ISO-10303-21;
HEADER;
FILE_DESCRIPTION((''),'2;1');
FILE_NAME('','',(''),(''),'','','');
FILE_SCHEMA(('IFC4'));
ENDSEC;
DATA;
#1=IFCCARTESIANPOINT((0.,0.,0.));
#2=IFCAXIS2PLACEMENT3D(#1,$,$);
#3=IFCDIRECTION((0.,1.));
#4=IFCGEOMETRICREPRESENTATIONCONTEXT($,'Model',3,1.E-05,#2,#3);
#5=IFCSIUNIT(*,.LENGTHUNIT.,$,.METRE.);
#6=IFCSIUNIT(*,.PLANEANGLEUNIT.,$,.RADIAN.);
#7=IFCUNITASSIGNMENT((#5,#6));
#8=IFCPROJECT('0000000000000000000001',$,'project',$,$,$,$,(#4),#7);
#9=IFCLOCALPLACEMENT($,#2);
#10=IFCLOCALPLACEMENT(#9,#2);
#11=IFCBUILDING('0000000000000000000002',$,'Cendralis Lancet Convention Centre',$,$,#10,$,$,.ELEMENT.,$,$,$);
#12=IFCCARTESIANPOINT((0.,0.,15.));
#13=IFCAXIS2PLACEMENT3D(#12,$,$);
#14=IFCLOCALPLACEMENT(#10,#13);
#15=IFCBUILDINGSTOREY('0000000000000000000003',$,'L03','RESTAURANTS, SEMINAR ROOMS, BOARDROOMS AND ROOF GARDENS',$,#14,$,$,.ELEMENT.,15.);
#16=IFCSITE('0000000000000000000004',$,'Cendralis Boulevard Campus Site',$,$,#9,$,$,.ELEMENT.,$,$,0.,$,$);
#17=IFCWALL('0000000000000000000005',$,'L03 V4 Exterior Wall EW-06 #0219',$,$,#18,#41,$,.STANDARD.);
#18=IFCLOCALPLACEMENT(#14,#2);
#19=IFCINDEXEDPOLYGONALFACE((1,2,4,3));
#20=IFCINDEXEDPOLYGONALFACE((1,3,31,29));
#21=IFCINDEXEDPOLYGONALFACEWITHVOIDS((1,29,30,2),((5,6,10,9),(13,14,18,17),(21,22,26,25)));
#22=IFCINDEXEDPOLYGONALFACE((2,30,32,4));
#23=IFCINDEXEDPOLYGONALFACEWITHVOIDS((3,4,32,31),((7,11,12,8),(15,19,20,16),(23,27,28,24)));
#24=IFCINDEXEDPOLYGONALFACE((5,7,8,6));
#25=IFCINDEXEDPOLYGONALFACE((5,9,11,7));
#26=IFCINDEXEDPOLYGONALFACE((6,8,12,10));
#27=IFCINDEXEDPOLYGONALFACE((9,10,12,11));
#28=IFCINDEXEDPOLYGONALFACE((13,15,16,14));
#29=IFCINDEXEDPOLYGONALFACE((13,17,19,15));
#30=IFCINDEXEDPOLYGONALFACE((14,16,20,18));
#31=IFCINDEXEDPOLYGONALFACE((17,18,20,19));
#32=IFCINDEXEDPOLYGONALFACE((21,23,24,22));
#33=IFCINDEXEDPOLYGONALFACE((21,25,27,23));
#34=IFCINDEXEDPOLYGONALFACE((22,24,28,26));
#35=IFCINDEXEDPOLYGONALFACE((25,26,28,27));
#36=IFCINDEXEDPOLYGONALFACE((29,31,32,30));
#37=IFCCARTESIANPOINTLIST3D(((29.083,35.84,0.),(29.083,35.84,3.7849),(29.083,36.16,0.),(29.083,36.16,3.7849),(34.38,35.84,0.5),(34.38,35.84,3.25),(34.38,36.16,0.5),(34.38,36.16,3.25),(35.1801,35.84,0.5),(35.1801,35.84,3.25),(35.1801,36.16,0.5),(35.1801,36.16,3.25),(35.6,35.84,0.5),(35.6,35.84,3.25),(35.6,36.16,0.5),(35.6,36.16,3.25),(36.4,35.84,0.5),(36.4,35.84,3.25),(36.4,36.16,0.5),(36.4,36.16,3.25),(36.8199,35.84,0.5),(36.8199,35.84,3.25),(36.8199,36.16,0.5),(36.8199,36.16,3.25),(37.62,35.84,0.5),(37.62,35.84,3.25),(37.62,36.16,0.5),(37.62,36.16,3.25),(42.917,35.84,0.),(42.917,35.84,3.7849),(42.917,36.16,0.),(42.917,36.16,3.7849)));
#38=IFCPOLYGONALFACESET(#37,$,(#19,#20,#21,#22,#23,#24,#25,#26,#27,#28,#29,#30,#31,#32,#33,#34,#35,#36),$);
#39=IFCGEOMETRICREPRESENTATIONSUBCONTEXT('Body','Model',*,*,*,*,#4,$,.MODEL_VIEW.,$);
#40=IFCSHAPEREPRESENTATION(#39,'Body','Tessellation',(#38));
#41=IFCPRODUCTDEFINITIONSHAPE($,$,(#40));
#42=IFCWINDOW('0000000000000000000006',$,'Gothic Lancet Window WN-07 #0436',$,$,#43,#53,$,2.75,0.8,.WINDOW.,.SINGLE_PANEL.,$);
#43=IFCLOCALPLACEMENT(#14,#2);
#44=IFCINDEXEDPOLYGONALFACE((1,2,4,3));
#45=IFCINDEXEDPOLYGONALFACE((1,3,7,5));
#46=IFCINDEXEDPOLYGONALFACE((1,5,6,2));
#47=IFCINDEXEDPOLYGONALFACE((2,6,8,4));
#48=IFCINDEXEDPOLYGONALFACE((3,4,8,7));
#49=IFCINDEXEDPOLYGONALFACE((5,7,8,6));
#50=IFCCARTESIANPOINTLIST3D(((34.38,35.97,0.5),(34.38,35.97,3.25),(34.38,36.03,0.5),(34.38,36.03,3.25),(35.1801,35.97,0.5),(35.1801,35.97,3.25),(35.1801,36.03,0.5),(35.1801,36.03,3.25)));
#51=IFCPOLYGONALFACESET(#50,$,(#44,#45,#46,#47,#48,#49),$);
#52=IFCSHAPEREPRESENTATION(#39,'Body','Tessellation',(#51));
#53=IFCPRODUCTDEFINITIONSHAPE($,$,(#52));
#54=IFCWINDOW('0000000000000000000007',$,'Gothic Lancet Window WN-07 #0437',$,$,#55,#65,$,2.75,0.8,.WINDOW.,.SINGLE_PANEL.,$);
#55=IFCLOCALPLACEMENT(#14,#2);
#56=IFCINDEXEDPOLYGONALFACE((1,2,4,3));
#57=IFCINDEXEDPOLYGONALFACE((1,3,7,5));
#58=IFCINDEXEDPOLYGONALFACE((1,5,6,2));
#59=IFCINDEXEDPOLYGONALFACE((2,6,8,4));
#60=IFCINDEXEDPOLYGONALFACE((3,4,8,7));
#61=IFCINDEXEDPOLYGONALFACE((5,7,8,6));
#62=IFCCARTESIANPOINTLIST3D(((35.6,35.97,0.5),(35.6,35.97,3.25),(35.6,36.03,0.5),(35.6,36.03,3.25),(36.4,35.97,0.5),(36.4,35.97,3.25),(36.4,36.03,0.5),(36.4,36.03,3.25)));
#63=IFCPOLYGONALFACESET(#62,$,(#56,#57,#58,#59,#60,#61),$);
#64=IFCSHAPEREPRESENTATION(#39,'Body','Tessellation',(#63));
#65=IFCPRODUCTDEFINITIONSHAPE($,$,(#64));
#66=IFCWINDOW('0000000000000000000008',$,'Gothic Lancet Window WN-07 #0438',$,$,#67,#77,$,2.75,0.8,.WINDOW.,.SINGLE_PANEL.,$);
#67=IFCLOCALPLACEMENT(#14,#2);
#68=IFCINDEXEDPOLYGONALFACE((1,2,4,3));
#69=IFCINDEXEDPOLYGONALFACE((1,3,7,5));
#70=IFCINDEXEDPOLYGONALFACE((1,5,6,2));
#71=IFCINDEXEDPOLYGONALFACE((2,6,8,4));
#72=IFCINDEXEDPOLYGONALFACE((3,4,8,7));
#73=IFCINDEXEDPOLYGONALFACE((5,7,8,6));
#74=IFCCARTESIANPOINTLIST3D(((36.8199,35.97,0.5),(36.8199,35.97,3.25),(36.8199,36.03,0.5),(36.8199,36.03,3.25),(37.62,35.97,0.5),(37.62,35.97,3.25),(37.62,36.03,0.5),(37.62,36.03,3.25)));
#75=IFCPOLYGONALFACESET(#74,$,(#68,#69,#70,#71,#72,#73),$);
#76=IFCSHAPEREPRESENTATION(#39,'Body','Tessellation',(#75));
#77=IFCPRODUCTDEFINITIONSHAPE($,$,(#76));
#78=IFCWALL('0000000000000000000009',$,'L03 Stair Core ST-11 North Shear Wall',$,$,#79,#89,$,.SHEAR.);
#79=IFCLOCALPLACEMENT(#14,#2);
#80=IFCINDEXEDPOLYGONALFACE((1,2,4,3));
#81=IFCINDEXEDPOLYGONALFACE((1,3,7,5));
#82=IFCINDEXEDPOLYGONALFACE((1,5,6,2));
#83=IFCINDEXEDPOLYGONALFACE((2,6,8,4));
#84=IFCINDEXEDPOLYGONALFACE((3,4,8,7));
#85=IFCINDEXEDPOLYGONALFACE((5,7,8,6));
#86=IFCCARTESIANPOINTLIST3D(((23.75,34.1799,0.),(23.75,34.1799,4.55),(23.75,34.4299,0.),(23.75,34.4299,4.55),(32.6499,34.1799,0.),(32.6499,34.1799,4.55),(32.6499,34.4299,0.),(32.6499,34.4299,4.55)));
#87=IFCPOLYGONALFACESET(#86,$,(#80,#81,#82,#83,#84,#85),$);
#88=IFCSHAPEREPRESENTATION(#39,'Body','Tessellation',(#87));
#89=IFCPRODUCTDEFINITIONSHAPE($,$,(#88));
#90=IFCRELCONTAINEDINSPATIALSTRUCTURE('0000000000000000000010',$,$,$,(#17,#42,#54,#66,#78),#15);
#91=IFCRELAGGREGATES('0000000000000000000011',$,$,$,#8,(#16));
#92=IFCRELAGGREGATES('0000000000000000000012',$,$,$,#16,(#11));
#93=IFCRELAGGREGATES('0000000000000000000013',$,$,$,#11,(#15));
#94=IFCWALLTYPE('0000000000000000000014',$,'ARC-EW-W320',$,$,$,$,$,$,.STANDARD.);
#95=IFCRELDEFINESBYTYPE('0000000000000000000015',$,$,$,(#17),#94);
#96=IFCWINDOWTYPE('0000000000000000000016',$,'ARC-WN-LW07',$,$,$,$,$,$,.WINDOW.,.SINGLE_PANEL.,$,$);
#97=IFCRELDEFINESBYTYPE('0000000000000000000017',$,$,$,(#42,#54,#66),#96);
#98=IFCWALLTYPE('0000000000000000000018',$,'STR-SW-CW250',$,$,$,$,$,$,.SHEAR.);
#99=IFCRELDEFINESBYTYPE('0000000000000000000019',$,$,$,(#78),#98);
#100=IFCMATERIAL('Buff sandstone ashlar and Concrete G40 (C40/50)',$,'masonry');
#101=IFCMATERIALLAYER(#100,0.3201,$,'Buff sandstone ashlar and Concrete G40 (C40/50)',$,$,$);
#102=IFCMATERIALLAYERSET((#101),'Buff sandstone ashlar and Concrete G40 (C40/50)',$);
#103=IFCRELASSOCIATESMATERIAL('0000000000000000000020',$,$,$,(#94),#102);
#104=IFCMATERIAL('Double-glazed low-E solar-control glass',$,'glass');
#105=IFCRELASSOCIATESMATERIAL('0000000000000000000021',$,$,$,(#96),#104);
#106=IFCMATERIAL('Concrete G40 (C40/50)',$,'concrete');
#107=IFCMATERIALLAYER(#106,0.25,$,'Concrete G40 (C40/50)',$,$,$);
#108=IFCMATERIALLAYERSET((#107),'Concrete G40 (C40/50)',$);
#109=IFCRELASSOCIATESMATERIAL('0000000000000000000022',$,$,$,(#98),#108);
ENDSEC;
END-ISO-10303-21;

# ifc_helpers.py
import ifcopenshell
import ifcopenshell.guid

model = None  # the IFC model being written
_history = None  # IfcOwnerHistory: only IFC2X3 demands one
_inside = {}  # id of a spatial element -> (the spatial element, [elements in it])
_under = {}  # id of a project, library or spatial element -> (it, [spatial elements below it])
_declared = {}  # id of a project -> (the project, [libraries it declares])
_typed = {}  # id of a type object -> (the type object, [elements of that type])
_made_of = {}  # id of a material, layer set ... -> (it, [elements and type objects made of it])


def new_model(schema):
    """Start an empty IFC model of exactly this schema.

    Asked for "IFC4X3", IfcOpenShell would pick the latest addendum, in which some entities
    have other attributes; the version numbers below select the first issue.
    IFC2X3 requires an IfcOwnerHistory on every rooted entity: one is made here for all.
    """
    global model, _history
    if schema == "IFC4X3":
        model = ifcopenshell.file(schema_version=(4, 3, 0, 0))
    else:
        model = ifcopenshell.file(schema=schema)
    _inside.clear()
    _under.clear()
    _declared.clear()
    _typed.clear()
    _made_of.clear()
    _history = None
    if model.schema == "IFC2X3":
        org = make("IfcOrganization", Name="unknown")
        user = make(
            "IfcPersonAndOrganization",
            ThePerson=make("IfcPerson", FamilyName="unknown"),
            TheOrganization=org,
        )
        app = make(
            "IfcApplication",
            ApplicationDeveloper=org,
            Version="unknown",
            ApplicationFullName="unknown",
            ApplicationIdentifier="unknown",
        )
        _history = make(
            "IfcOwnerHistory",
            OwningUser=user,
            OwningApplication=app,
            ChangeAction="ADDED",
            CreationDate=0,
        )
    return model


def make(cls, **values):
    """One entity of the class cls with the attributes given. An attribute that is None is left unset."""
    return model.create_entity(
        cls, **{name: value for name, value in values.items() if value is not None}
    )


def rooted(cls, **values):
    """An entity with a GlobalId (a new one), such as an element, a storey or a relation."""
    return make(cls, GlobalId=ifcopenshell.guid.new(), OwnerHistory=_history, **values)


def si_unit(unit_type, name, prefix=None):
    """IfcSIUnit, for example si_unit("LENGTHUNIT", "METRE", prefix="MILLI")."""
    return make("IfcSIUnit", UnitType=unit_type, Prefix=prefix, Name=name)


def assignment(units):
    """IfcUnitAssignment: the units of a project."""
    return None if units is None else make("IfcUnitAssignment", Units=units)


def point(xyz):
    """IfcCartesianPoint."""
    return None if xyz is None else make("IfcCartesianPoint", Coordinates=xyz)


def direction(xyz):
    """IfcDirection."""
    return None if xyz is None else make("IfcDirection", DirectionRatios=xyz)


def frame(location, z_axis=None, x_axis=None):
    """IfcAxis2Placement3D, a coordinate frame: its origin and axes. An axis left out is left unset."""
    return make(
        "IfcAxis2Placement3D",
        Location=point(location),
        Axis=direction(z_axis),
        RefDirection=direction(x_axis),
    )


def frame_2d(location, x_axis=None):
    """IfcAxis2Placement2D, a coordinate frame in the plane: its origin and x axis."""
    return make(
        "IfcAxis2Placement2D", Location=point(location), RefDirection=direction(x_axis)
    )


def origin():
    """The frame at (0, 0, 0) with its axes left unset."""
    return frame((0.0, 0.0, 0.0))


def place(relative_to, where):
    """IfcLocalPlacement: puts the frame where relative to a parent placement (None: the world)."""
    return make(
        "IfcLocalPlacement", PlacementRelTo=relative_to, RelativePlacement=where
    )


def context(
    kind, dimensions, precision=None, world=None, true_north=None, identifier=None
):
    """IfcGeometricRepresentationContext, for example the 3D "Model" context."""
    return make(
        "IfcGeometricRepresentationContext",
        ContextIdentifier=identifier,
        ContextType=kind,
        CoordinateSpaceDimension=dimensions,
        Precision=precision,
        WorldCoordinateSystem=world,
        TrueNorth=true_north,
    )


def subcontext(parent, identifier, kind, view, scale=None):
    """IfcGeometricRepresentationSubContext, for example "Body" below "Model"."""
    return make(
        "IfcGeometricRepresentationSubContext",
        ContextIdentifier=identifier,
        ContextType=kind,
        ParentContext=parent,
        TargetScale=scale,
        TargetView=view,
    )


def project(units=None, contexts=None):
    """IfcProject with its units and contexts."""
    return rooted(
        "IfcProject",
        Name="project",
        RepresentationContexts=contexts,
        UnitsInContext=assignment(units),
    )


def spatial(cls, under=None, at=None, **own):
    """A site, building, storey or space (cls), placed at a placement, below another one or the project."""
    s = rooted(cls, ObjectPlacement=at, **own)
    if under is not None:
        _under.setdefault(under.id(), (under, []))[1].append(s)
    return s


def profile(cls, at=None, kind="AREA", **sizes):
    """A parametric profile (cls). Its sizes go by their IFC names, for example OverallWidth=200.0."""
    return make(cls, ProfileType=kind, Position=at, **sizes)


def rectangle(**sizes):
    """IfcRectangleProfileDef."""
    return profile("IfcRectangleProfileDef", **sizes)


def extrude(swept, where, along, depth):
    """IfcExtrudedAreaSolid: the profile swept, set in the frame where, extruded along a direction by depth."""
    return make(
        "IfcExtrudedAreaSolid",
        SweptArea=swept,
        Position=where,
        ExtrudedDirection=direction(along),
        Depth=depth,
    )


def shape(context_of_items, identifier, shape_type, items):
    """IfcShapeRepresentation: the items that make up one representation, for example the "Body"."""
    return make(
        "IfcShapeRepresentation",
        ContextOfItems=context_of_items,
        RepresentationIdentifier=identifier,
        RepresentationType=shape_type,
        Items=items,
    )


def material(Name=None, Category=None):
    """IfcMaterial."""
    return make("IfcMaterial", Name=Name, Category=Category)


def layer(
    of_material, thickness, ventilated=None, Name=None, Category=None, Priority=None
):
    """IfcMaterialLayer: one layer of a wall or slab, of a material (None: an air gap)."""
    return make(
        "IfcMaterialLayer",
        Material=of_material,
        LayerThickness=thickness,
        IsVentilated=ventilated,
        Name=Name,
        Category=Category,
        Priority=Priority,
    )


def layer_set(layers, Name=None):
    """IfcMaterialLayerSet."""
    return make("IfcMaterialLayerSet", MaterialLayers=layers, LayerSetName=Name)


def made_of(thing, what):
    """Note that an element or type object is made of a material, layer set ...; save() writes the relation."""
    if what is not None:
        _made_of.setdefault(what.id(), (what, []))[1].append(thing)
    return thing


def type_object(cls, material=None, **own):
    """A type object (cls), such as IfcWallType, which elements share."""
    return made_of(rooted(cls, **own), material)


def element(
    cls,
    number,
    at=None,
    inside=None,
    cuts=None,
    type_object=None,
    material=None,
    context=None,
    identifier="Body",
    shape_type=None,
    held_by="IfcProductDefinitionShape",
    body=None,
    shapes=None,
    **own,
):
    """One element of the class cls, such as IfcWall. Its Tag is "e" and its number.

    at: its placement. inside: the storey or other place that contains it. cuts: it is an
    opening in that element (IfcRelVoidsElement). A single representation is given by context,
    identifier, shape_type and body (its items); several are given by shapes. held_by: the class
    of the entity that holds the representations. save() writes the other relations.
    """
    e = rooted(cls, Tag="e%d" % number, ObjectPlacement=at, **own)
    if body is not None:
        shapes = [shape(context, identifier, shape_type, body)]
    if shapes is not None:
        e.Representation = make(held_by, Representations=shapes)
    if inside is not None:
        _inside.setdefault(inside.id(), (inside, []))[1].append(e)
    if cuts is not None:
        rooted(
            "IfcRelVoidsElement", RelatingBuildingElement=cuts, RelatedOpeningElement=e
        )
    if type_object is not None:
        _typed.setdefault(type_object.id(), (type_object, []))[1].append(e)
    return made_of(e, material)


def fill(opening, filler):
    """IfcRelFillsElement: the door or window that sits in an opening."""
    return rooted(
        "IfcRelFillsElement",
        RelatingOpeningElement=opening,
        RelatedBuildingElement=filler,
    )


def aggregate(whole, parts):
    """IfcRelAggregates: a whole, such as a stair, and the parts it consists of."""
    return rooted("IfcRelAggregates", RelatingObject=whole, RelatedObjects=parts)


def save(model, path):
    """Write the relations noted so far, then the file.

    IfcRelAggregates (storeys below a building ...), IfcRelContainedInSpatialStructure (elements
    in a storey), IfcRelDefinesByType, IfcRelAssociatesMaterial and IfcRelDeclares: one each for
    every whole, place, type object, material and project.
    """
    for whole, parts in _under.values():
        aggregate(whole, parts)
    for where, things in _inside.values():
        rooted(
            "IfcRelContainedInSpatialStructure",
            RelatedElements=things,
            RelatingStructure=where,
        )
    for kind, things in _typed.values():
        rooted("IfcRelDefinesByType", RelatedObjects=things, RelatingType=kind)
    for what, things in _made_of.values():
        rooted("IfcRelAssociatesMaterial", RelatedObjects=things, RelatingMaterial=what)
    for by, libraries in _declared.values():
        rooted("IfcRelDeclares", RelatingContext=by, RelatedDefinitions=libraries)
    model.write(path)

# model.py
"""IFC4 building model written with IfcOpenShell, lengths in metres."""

from ifc_helpers import new_model, si_unit, direction, frame, frame_2d, origin, place, context, subcontext, project, spatial, rectangle, extrude, material, layer, layer_set, type_object, element, fill, save


model = new_model("IFC4")

# Units and contexts
model_context = context("Model", 3, precision=1e-05, world=origin(), true_north=direction((0.0, 1.0)))
body_context = subcontext(model_context, "Body", "Model", "MODEL_VIEW")
ifc_project = project(units=[si_unit("LENGTHUNIT", "METRE"), si_unit("PLANEANGLEUNIT", "RADIAN")], contexts=[model_context])

# Site, building, storey
site_placement = place(None, origin())
site = spatial("IfcSite", under=ifc_project, at=site_placement, Name="Cendralis Boulevard Campus Site", CompositionType="ELEMENT", RefElevation=0.0)
building_placement = place(site_placement, origin())
building = spatial("IfcBuilding", under=site, at=building_placement, Name="Cendralis Lancet Convention Centre", CompositionType="ELEMENT")
storey_placement = place(building_placement, frame((0.0, 0.0, 15.0)))
storey = spatial("IfcBuildingStorey", under=building, at=storey_placement, Name="L03", Description="RESTAURANTS, SEMINAR ROOMS, BOARDROOMS AND ROOF GARDENS", CompositionType="ELEMENT", Elevation=15.0)

# Shared definitions
ifc_material_1 = material(Name="Concrete G40 (C40/50)", Category="concrete")

# Shared definitions
ifc_material_2 = material(Name="Double-glazed low-E solar-control glass", Category="glass")

# Wall, openings, windows
ifc_material_3 = material(Name="Buff sandstone ashlar and Concrete G40 (C40/50)", Category="masonry")
ifc_layer_1 = layer(ifc_material_3, 0.3201, Name="Buff sandstone ashlar and Concrete G40 (C40/50)")
ifc_layer_set_1 = layer_set([ifc_layer_1], Name="Buff sandstone ashlar and Concrete G40 (C40/50)")
wall_type_1 = type_object("IfcWallType", Name="ARC-EW-W320", PredefinedType="STANDARD", material=ifc_layer_set_1)
wall_1_placement = place(storey_placement, frame((29.083, 36.0, 0.0), z_axis=(0.0, 0.0, 1.0), x_axis=(1.0, 0.0, 0.0)))
wall_1 = element("IfcWall", 1, at=wall_1_placement, inside=storey, type_object=wall_type_1, Name="L03 V4 Exterior Wall EW-06 #0219", PredefinedType="STANDARD", context=body_context, shape_type="SweptSolid", body=[
    extrude(rectangle(XDim=13.834, YDim=0.3201, at=frame_2d((6.917, 0.0))), origin(), (0.0, 0.0, 1.0), 3.7849),
])
opening_1_placement = place(wall_1_placement, frame((5.2971, 0.0, 0.5)))
opening_1 = element("IfcOpeningElement", 2, at=opening_1_placement, cuts=wall_1, PredefinedType="OPENING", context=body_context, shape_type="SweptSolid", body=[
    extrude(rectangle(XDim=0.8, YDim=2.75, at=frame_2d((0.3999, 1.375))), frame((0.0, 0.1699, 0.0), z_axis=(0.0, -1.0, 0.0), x_axis=(1.0, 0.0, 0.0)), (0.0, 0.0, 1.0), 0.3401),
])
opening_2_placement = place(wall_1_placement, frame((6.5171, 0.0, 0.5)))
opening_2 = element("IfcOpeningElement", 3, at=opening_2_placement, cuts=wall_1, PredefinedType="OPENING", context=body_context, shape_type="SweptSolid", body=[
    extrude(rectangle(XDim=0.8, YDim=2.75, at=frame_2d((0.3999, 1.375))), frame((0.0, 0.1699, 0.0), z_axis=(0.0, -1.0, 0.0), x_axis=(1.0, 0.0, 0.0)), (0.0, 0.0, 1.0), 0.3401),
])
opening_3_placement = place(wall_1_placement, frame((7.7371, 0.0, 0.5)))
opening_3 = element("IfcOpeningElement", 4, at=opening_3_placement, cuts=wall_1, PredefinedType="OPENING", context=body_context, shape_type="SweptSolid", body=[
    extrude(rectangle(XDim=0.8, YDim=2.75, at=frame_2d((0.3999, 1.375))), frame((0.0, 0.1699, 0.0), z_axis=(0.0, -1.0, 0.0), x_axis=(1.0, 0.0, 0.0)), (0.0, 0.0, 1.0), 0.3401),
])
window_type = type_object("IfcWindowType", Name="ARC-WN-LW07", PartitioningType="SINGLE_PANEL", PredefinedType="WINDOW", material=ifc_material_2)
window_1_placement = place(opening_1_placement, origin())
window_1 = element("IfcWindow", 5, at=window_1_placement, inside=storey, type_object=window_type, Name="Gothic Lancet Window WN-07 #0436", OverallHeight=2.75, OverallWidth=0.8, PartitioningType="SINGLE_PANEL", PredefinedType="WINDOW", context=body_context, shape_type="SweptSolid", body=[
    extrude(rectangle(XDim=0.8, YDim=2.75, at=frame_2d((0.3999, 1.375))), frame((0.0, 0.03, 0.0), z_axis=(0.0, -1.0, 0.0), x_axis=(1.0, 0.0, 0.0)), (0.0, 0.0, 1.0), 0.0601),
])
fill(opening_1, window_1)
window_2_placement = place(opening_2_placement, origin())
window_2 = element("IfcWindow", 6, at=window_2_placement, inside=storey, type_object=window_type, Name="Gothic Lancet Window WN-07 #0437", OverallHeight=2.75, OverallWidth=0.8, PartitioningType="SINGLE_PANEL", PredefinedType="WINDOW", context=body_context, shape_type="SweptSolid", body=[
    extrude(rectangle(XDim=0.8, YDim=2.75, at=frame_2d((0.3999, 1.375))), frame((0.0, 0.03, 0.0), z_axis=(0.0, -1.0, 0.0), x_axis=(1.0, 0.0, 0.0)), (0.0, 0.0, 1.0), 0.0601),
])
fill(opening_2, window_2)
window_3_placement = place(opening_3_placement, origin())
window_3 = element("IfcWindow", 7, at=window_3_placement, inside=storey, type_object=window_type, Name="Gothic Lancet Window WN-07 #0438", OverallHeight=2.75, OverallWidth=0.8, PartitioningType="SINGLE_PANEL", PredefinedType="WINDOW", context=body_context, shape_type="SweptSolid", body=[
    extrude(rectangle(XDim=0.8, YDim=2.75, at=frame_2d((0.3999, 1.375))), frame((0.0, 0.03, 0.0), z_axis=(0.0, -1.0, 0.0), x_axis=(1.0, 0.0, 0.0)), (0.0, 0.0, 1.0), 0.0601),
])
fill(opening_3, window_3)

# Wall
ifc_layer_2 = layer(ifc_material_1, 0.25, Name="Concrete G40 (C40/50)")
ifc_layer_set_2 = layer_set([ifc_layer_2], Name="Concrete G40 (C40/50)")
wall_type_2 = type_object("IfcWallType", Name="STR-SW-CW250", PredefinedType="SHEAR", material=ifc_layer_set_2)
wall_2_placement = place(storey_placement, frame((23.75, 34.3049, 0.0), z_axis=(0.0, 0.0, 1.0), x_axis=(1.0, 0.0, 0.0)))
element("IfcWall", 8, at=wall_2_placement, inside=storey, type_object=wall_type_2, Name="L03 Stair Core ST-11 North Shear Wall", PredefinedType="SHEAR", context=body_context, shape_type="SweptSolid", body=[
    extrude(rectangle(XDim=8.8999, YDim=0.25, at=frame_2d((4.45, 0.0))), origin(), (0.0, 0.0, 1.0), 4.55),
])

save(model, "model.ifc")
